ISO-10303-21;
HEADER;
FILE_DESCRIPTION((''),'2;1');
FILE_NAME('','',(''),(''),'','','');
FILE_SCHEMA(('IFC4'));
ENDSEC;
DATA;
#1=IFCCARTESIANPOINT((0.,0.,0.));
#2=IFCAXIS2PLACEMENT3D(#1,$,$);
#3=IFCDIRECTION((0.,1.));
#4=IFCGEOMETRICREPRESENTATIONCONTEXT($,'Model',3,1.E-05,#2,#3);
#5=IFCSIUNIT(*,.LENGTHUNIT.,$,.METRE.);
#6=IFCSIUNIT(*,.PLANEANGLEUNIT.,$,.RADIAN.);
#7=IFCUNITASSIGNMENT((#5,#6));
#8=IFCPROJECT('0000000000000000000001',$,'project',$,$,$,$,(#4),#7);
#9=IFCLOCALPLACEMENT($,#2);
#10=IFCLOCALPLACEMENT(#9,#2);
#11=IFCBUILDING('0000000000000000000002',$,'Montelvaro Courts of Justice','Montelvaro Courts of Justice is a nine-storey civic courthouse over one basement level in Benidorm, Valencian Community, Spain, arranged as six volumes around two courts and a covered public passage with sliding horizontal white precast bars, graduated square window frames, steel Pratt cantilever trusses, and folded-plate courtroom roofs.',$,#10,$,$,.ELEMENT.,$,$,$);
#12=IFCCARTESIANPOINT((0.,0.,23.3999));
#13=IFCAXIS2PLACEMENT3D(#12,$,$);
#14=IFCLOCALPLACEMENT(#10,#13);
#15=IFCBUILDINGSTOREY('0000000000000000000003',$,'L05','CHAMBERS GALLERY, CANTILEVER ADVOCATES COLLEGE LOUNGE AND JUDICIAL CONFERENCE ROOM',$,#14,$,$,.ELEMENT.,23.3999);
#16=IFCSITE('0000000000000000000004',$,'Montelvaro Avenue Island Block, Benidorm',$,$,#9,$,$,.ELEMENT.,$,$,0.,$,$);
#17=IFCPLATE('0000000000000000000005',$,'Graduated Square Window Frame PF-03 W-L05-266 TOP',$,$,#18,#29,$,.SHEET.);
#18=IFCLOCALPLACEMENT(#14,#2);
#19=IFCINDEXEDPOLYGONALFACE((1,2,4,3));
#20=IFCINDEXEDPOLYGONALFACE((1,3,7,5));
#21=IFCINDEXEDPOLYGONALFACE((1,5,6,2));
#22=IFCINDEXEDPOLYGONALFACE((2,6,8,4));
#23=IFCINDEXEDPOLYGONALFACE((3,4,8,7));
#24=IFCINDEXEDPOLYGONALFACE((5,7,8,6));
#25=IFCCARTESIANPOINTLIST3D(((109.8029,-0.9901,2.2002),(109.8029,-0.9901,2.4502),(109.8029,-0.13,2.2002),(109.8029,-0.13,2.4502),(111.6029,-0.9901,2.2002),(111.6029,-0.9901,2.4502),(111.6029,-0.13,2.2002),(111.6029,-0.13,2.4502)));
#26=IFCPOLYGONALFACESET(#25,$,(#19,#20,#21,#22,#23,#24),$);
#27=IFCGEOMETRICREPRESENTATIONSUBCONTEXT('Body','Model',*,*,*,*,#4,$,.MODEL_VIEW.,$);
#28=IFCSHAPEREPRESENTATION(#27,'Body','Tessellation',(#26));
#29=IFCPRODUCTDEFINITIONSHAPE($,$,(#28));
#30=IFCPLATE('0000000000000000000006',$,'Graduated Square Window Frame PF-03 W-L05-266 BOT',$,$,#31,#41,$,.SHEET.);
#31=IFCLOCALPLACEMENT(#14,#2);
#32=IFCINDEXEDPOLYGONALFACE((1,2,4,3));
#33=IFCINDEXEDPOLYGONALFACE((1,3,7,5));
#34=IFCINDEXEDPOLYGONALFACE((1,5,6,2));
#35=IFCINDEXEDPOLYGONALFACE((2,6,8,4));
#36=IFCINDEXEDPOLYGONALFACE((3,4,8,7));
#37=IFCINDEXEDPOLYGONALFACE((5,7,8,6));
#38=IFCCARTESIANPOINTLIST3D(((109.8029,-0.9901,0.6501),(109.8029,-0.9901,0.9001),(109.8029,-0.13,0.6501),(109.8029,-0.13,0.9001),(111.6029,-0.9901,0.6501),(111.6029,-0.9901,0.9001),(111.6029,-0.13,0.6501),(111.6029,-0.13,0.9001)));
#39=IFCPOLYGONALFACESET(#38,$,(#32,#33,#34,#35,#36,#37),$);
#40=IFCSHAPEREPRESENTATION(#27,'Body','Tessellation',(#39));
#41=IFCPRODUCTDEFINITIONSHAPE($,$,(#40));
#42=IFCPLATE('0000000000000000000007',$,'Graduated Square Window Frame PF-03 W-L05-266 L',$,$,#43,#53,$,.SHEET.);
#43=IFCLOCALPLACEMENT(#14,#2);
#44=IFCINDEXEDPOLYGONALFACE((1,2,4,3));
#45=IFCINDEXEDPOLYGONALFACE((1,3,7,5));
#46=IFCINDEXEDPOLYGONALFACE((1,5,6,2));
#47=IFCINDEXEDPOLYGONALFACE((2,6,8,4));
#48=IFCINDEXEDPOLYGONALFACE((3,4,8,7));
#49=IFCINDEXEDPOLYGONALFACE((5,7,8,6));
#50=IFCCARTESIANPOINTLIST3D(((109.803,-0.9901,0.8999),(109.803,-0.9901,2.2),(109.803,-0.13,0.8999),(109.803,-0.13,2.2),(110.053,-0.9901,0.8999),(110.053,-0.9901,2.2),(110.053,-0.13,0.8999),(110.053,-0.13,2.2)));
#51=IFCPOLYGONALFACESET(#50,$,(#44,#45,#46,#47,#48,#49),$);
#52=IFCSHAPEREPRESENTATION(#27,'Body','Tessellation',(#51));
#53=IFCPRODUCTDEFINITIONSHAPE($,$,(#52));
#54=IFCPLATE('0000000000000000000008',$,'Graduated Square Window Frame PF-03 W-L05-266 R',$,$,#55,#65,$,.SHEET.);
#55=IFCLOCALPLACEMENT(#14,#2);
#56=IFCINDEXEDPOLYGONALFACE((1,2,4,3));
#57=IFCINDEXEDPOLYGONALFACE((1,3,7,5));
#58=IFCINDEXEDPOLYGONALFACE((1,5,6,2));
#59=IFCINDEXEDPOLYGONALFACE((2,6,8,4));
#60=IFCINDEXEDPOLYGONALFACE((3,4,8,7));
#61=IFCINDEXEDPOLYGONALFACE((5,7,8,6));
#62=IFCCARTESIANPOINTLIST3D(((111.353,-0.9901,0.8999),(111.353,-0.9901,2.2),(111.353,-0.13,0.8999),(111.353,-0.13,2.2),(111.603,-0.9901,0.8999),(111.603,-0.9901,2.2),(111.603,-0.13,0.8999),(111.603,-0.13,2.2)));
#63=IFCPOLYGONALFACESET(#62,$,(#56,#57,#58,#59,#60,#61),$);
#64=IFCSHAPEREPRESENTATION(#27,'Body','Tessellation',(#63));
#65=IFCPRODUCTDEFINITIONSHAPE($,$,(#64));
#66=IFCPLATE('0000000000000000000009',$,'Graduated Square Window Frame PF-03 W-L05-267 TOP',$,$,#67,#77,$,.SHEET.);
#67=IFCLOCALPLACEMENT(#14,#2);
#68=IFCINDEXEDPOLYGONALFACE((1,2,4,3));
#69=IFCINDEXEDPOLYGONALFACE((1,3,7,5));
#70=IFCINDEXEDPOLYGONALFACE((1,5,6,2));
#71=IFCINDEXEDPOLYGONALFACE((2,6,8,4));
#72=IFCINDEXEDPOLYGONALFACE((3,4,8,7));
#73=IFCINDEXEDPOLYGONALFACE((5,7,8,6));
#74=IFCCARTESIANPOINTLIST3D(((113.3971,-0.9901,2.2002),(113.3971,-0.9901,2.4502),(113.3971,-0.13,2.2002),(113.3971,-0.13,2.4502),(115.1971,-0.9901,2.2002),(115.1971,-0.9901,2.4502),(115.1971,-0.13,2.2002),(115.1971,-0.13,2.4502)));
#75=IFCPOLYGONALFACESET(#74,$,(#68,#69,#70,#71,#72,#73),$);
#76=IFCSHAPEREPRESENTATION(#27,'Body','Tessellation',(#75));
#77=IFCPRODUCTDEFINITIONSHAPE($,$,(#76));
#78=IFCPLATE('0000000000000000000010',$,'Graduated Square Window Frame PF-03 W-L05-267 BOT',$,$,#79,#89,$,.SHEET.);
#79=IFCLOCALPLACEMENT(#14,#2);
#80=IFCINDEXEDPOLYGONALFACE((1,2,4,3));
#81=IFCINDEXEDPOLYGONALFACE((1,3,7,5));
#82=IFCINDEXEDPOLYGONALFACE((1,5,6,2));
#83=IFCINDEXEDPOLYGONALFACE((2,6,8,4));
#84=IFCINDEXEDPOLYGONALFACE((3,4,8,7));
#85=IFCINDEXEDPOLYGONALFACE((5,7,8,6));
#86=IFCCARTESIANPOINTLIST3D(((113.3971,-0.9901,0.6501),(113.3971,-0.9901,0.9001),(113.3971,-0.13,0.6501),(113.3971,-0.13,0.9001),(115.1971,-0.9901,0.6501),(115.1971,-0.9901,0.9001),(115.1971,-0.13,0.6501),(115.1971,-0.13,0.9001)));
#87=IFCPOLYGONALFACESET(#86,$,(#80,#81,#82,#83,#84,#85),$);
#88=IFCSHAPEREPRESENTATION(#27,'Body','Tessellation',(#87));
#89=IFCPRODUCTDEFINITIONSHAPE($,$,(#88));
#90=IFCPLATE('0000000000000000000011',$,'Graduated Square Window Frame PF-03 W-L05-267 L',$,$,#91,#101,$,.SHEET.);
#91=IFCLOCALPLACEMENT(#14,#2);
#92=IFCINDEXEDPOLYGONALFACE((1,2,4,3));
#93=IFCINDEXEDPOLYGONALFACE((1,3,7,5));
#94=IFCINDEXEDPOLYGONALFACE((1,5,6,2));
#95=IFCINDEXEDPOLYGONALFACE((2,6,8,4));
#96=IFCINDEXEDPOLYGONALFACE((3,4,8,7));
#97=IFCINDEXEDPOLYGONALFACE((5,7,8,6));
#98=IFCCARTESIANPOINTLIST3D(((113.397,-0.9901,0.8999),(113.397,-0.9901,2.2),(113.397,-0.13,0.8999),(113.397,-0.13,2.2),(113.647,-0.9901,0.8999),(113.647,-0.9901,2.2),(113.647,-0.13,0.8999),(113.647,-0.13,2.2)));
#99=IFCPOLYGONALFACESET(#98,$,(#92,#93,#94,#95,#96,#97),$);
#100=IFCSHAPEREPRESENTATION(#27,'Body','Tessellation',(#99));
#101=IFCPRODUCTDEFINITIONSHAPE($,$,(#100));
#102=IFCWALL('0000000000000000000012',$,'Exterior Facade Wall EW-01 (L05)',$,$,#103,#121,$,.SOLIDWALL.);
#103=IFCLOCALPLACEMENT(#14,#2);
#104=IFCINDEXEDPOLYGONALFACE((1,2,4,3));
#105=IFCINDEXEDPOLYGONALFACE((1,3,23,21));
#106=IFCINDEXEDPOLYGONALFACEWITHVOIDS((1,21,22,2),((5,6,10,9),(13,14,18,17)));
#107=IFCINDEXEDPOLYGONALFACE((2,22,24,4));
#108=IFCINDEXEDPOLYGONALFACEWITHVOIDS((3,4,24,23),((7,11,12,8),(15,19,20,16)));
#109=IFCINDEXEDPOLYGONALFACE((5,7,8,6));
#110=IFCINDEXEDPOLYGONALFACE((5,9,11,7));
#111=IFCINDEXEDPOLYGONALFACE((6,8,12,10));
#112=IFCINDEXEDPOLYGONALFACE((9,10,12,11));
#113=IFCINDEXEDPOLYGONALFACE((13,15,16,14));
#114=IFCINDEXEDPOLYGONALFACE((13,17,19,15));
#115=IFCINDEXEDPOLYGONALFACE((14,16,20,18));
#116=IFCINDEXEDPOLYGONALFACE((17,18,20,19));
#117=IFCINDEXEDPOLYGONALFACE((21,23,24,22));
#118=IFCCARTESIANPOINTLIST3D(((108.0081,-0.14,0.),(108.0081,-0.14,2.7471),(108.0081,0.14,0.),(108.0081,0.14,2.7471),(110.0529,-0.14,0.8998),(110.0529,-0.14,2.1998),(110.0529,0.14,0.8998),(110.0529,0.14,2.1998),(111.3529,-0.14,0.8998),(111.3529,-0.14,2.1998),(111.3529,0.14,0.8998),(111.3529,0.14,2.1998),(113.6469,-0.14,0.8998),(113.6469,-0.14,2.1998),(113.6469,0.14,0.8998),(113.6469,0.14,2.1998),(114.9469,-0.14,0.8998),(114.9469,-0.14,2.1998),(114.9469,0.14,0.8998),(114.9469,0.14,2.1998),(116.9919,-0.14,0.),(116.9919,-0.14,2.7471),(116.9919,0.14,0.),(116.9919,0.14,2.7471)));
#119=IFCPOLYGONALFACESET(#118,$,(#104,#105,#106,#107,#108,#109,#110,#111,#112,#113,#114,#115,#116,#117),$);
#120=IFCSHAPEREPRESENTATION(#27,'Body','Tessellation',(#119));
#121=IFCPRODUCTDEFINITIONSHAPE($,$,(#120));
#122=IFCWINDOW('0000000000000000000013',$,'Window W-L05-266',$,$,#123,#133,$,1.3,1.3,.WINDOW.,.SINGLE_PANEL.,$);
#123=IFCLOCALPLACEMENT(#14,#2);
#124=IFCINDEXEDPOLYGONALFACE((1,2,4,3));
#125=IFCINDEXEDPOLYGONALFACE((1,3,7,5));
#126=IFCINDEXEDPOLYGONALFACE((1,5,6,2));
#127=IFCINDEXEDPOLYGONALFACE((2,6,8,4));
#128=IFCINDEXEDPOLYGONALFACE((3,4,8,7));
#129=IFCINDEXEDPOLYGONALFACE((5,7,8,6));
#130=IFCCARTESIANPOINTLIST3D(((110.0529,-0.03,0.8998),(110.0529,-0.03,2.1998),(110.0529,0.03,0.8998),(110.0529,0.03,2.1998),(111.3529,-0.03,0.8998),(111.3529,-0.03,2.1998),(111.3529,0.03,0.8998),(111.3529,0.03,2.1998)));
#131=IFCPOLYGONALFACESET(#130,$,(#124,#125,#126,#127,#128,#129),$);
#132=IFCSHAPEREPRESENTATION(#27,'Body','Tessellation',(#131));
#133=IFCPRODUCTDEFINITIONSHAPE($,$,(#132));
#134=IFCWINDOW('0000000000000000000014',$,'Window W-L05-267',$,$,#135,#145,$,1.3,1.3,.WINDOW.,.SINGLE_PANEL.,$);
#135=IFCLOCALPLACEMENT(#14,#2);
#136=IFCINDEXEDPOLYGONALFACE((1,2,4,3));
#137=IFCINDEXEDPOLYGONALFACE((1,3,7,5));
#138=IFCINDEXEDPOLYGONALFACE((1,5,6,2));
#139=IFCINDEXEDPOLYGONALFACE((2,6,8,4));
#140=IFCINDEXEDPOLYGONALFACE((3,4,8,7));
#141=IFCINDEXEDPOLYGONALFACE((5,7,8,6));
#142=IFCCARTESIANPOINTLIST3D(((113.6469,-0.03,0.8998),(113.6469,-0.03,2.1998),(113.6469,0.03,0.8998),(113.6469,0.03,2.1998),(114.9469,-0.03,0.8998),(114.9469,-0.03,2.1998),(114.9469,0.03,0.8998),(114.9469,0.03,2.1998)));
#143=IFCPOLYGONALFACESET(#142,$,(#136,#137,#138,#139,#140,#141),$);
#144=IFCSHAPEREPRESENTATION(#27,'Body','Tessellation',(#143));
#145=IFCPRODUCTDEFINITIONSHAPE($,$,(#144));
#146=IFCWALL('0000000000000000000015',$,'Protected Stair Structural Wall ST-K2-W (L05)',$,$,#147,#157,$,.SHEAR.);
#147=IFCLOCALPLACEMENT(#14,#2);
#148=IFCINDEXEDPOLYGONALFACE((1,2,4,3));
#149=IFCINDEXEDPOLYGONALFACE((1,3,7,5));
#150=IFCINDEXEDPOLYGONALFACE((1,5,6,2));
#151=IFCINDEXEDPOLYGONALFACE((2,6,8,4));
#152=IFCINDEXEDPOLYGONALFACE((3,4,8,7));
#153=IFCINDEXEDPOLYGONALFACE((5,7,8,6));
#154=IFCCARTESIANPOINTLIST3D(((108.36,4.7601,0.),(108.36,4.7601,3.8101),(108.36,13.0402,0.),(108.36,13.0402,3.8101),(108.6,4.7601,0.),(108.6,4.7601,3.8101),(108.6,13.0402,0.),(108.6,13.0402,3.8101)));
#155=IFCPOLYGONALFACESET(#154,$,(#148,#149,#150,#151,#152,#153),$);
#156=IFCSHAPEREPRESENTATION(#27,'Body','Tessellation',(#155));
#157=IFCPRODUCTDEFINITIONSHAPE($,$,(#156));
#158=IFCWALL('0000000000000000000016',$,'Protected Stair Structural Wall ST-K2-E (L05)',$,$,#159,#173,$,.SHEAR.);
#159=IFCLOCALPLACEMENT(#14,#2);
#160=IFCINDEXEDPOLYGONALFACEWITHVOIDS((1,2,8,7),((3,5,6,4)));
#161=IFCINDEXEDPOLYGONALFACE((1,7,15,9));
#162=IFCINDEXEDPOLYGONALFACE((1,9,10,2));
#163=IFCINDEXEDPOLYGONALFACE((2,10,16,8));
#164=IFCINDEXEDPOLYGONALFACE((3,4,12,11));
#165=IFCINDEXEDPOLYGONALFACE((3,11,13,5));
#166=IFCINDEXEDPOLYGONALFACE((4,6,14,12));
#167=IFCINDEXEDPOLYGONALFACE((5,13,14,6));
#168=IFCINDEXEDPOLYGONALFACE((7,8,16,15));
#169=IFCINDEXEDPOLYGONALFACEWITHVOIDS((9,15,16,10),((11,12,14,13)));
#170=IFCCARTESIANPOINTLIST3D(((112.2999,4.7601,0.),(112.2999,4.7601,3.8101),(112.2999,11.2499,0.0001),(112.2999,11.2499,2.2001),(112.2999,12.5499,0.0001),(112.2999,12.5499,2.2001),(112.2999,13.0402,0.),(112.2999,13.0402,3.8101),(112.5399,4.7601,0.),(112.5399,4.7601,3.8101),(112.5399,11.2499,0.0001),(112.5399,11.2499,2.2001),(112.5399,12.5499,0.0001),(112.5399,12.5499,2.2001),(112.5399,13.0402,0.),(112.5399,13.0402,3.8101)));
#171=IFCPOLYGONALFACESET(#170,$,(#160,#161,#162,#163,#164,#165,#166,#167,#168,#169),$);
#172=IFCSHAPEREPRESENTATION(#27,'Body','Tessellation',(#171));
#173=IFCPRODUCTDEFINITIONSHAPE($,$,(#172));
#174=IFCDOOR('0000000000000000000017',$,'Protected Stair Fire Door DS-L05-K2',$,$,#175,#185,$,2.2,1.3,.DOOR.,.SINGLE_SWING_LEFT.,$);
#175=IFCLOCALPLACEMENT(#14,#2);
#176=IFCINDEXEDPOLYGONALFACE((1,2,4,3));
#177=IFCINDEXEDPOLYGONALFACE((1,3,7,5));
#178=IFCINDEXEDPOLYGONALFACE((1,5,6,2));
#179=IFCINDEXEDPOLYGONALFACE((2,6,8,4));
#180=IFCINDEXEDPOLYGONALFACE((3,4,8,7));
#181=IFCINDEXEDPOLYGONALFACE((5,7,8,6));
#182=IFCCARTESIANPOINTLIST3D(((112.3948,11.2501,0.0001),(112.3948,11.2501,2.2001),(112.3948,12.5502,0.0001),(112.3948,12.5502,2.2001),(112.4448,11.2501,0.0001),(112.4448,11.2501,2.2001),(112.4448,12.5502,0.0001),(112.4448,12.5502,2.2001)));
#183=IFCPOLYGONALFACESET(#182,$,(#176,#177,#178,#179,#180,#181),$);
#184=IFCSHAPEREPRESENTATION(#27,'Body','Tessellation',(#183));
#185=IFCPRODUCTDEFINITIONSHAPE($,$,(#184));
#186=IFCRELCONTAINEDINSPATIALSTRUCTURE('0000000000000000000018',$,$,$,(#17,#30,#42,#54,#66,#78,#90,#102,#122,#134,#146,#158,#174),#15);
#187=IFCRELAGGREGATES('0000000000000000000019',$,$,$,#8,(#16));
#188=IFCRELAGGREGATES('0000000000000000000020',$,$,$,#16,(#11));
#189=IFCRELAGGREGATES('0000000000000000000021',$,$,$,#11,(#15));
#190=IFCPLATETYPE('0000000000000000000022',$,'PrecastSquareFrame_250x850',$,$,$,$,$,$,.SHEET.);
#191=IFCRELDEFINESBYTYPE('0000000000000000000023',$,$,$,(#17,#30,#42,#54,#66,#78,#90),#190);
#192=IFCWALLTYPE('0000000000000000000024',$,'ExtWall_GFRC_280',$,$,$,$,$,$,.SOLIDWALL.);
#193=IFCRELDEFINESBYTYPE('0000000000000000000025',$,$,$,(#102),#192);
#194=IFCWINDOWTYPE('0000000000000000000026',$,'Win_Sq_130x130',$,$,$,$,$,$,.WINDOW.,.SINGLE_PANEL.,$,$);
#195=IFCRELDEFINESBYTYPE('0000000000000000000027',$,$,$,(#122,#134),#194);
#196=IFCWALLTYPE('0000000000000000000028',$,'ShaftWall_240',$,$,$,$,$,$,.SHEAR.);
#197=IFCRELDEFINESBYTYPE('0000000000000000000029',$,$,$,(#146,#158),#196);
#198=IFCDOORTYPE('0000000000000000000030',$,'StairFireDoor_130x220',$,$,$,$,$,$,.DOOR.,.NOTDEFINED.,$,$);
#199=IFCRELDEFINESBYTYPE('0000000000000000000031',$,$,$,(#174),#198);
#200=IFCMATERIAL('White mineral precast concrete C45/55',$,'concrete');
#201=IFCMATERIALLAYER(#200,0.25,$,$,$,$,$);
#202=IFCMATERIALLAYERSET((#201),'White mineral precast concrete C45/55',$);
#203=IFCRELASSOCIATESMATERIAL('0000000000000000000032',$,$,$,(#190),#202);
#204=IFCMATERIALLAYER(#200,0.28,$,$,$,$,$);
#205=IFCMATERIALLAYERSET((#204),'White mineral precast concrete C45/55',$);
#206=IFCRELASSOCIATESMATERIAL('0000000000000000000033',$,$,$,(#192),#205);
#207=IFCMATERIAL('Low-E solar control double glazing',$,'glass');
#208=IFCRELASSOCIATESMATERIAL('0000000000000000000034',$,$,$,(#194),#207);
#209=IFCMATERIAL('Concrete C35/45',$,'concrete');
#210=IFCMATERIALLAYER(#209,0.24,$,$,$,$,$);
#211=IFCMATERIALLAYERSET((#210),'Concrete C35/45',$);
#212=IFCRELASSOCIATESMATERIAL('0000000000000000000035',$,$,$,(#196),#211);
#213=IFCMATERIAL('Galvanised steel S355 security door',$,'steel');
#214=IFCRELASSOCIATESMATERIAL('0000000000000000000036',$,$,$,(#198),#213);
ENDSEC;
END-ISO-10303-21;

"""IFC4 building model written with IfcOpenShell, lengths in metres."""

from ifc_helpers import new_model, si_unit, direction, frame, frame_2d, origin, origin_2d, place, context, subcontext, project, spatial, rectangle, extrude, material, layer, layer_set, type_object, element, fill, save


model = new_model("IFC4")

# Units and contexts
model_context = context("Model", 3, precision=1e-05, world=origin(), true_north=direction((0.0, 1.0)))
body_context = subcontext(model_context, "Body", "Model", "MODEL_VIEW")
ifc_project = project(units=[si_unit("LENGTHUNIT", "METRE"), si_unit("PLANEANGLEUNIT", "RADIAN")], contexts=[model_context])

# Site, building, storey
site_placement = place(None, origin())
site = spatial("IfcSite", under=ifc_project, at=site_placement, Name="Montelvaro Avenue Island Block, Benidorm", CompositionType="ELEMENT", RefElevation=0.0)
building_placement = place(site_placement, origin())
building = spatial("IfcBuilding", under=site, at=building_placement, Name="Montelvaro Courts of Justice", Description="Montelvaro Courts of Justice is a nine-storey civic courthouse over one basement level in Benidorm, Valencian Community, Spain, arranged as six volumes around two courts and a covered public passage with sliding horizontal white precast bars, graduated square window frames, steel Pratt cantilever trusses, and folded-plate courtroom roofs.", CompositionType="ELEMENT")
storey_placement = place(building_placement, frame((0.0, 0.0, 23.3999)))
storey = spatial("IfcBuildingStorey", under=building, at=storey_placement, Name="L05", Description="CHAMBERS GALLERY, CANTILEVER ADVOCATES COLLEGE LOUNGE AND JUDICIAL CONFERENCE ROOM", CompositionType="ELEMENT", Elevation=23.3999)

# Plates
ifc_material_1 = material(Name="White mineral precast concrete C45/55", Category="concrete")
ifc_layer_1 = layer(ifc_material_1, 0.25)
ifc_layer_set_1 = layer_set([ifc_layer_1], Name="White mineral precast concrete C45/55")
plate_type = type_object("IfcPlateType", Name="PrecastSquareFrame_250x850", PredefinedType="SHEET", material=ifc_layer_set_1)
for number, where, z_axis, x_axis, name in (
    (1, (110.7029, -0.5601, 2.2002), (0.0, 0.0, 1.0), (1.0, 0.0, 0.0), "Graduated Square Window Frame PF-03 W-L05-266 TOP"),
    (2, (110.7029, -0.5601, 0.6501), (0.0, 0.0, 1.0), (1.0, 0.0, 0.0), "Graduated Square Window Frame PF-03 W-L05-266 BOT"),
):
    element("IfcPlate", number, at=place(storey_placement, frame(where, z_axis=z_axis, x_axis=x_axis)), inside=storey, type_object=plate_type, Name=name, PredefinedType="SHEET", context=body_context, shape_type="SweptSolid", body=[
        extrude(rectangle(XDim=1.8, YDim=0.8601, at=origin_2d()), origin(), (0.0, 0.0, 1.0), 0.25),
    ])
for number, where, z_axis, x_axis, name in (
    (3, (109.928, -0.5601, 0.8999), (0.0, 0.0, 1.0), (1.0, 0.0, 0.0), "Graduated Square Window Frame PF-03 W-L05-266 L"),
    (4, (111.478, -0.5601, 0.8999), (0.0, 0.0, 1.0), (1.0, 0.0, 0.0), "Graduated Square Window Frame PF-03 W-L05-266 R"),
):
    element("IfcPlate", number, at=place(storey_placement, frame(where, z_axis=z_axis, x_axis=x_axis)), inside=storey, type_object=plate_type, Name=name, PredefinedType="SHEET", context=body_context, shape_type="SweptSolid", body=[
        extrude(rectangle(XDim=0.25, YDim=0.8601, at=origin_2d()), origin(), (0.0, 0.0, 1.0), 1.3),
    ])
for number, where, z_axis, x_axis, name in (
    (5, (114.2971, -0.5601, 2.2002), (0.0, 0.0, 1.0), (1.0, 0.0, 0.0), "Graduated Square Window Frame PF-03 W-L05-267 TOP"),
    (6, (114.2971, -0.5601, 0.6501), (0.0, 0.0, 1.0), (1.0, 0.0, 0.0), "Graduated Square Window Frame PF-03 W-L05-267 BOT"),
):
    element("IfcPlate", number, at=place(storey_placement, frame(where, z_axis=z_axis, x_axis=x_axis)), inside=storey, type_object=plate_type, Name=name, PredefinedType="SHEET", context=body_context, shape_type="SweptSolid", body=[
        extrude(rectangle(XDim=1.8, YDim=0.8601, at=origin_2d()), origin(), (0.0, 0.0, 1.0), 0.25),
    ])
plate_placement = place(storey_placement, frame((113.522, -0.5601, 0.8999), z_axis=(0.0, 0.0, 1.0), x_axis=(1.0, 0.0, 0.0)))
element("IfcPlate", 7, at=plate_placement, inside=storey, type_object=plate_type, Name="Graduated Square Window Frame PF-03 W-L05-267 L", PredefinedType="SHEET", context=body_context, shape_type="SweptSolid", body=[
    extrude(rectangle(XDim=0.25, YDim=0.8601, at=origin_2d()), origin(), (0.0, 0.0, 1.0), 1.3),
])

# Wall, openings, windows
ifc_layer_2 = layer(ifc_material_1, 0.28)
ifc_layer_set_2 = layer_set([ifc_layer_2], Name="White mineral precast concrete C45/55")
wall_type_1 = type_object("IfcWallType", Name="ExtWall_GFRC_280", PredefinedType="SOLIDWALL", material=ifc_layer_set_2)
wall_1_placement = place(storey_placement, frame((108.0081, 0.0, 0.0), z_axis=(0.0, 0.0, 1.0), x_axis=(1.0, 0.0, 0.0)))
wall_1 = element("IfcWall", 8, at=wall_1_placement, inside=storey, type_object=wall_type_1, Name="Exterior Facade Wall EW-01 (L05)", PredefinedType="SOLIDWALL", context=body_context, shape_type="SweptSolid", body=[
    extrude(rectangle(XDim=8.9839, YDim=0.28, at=frame_2d((4.4919, 0.0))), origin(), (0.0, 0.0, 1.0), 2.7471),
])
opening_1_placement = place(wall_1_placement, frame((2.0449, 0.0, 0.8999)))
opening_1 = element("IfcOpeningElement", 9, at=opening_1_placement, cuts=wall_1, PredefinedType="OPENING", context=body_context, shape_type="SweptSolid", body=[
    extrude(rectangle(XDim=1.3, YDim=1.3, at=frame_2d((0.6499, 0.6499))), frame((0.0, 0.1548, 0.0), z_axis=(0.0, -1.0, 0.0), x_axis=(1.0, 0.0, 0.0)), (0.0, 0.0, 1.0), 0.3098),
])
opening_2_placement = place(wall_1_placement, frame((5.6389, 0.0, 0.8999)))
opening_2 = element("IfcOpeningElement", 10, at=opening_2_placement, cuts=wall_1, PredefinedType="OPENING", context=body_context, shape_type="SweptSolid", body=[
    extrude(rectangle(XDim=1.3, YDim=1.3, at=frame_2d((0.6499, 0.6499))), frame((0.0, 0.1548, 0.0), z_axis=(0.0, -1.0, 0.0), x_axis=(1.0, 0.0, 0.0)), (0.0, 0.0, 1.0), 0.3098),
])
ifc_material_2 = material(Name="Low-E solar control double glazing", Category="glass")
window_type = type_object("IfcWindowType", Name="Win_Sq_130x130", PartitioningType="SINGLE_PANEL", PredefinedType="WINDOW", material=ifc_material_2)
window_1_placement = place(opening_1_placement, origin())
window_1 = element("IfcWindow", 11, at=window_1_placement, inside=storey, type_object=window_type, Name="Window W-L05-266", OverallHeight=1.3, OverallWidth=1.3, PartitioningType="SINGLE_PANEL", PredefinedType="WINDOW", context=body_context, shape_type="SweptSolid", body=[
    extrude(rectangle(XDim=1.3, YDim=1.3, at=frame_2d((0.6499, 0.6499))), frame((0.0, 0.03, 0.0), z_axis=(0.0, -1.0, 0.0), x_axis=(1.0, 0.0, 0.0)), (0.0, 0.0, 1.0), 0.0601),
])
fill(opening_1, window_1)
window_2_placement = place(opening_2_placement, origin())
window_2 = element("IfcWindow", 12, at=window_2_placement, inside=storey, type_object=window_type, Name="Window W-L05-267", OverallHeight=1.3, OverallWidth=1.3, PartitioningType="SINGLE_PANEL", PredefinedType="WINDOW", context=body_context, shape_type="SweptSolid", body=[
    extrude(rectangle(XDim=1.3, YDim=1.3, at=frame_2d((0.6499, 0.6499))), frame((0.0, 0.03, 0.0), z_axis=(0.0, -1.0, 0.0), x_axis=(1.0, 0.0, 0.0)), (0.0, 0.0, 1.0), 0.0601),
])
fill(opening_2, window_2)

# Wall
ifc_material_3 = material(Name="Concrete C35/45", Category="concrete")
ifc_layer_3 = layer(ifc_material_3, 0.24)
ifc_layer_set_3 = layer_set([ifc_layer_3], Name="Concrete C35/45")
wall_type_2 = type_object("IfcWallType", Name="ShaftWall_240", PredefinedType="SHEAR", material=ifc_layer_set_3)
wall_2_placement = place(storey_placement, frame((108.48, 4.76, 0.0), z_axis=(0.0, 0.0, 1.0), x_axis=(0.0, 1.0, 0.0)))
element("IfcWall", 13, at=wall_2_placement, inside=storey, type_object=wall_type_2, Name="Protected Stair Structural Wall ST-K2-W (L05)", PredefinedType="SHEAR", context=body_context, shape_type="SweptSolid", body=[
    extrude(rectangle(XDim=8.28, YDim=0.24, at=frame_2d((4.1401, 0.0))), origin(), (0.0, 0.0, 1.0), 3.8101),
])

# Wall, opening, door
wall_3_placement = place(storey_placement, frame((112.4199, 4.76, 0.0), z_axis=(0.0, 0.0, 1.0), x_axis=(0.0, 1.0, 0.0)))
wall_3 = element("IfcWall", 14, at=wall_3_placement, inside=storey, type_object=wall_type_2, Name="Protected Stair Structural Wall ST-K2-E (L05)", PredefinedType="SHEAR", context=body_context, shape_type="SweptSolid", body=[
    extrude(rectangle(XDim=8.28, YDim=0.24, at=frame_2d((4.1401, 0.0))), origin(), (0.0, 0.0, 1.0), 3.8101),
])
opening_3_placement = place(wall_3_placement, frame((6.49, 0.0, 0.0)))
opening_3 = element("IfcOpeningElement", 15, at=opening_3_placement, cuts=wall_3, PredefinedType="OPENING", context=body_context, shape_type="SweptSolid", body=[
    extrude(rectangle(XDim=1.3, YDim=2.2, at=frame_2d((0.6499, 1.1001))), frame((0.0, 0.1348, 0.0), z_axis=(0.0, -1.0, 0.0), x_axis=(1.0, 0.0, 0.0)), (0.0, 0.0, 1.0), 0.2698),
])
ifc_material_4 = material(Name="Galvanised steel S355 security door", Category="steel")
door_type_1 = type_object("IfcDoorType", Name="StairFireDoor_130x220", OperationType="NOTDEFINED", PredefinedType="DOOR", material=ifc_material_4)
door_1_placement = place(opening_3_placement, frame((1.3, 0.0, 0.0), z_axis=(0.0, 0.0, 1.0), x_axis=(-1.0, 0.0, 0.0)))
door_1 = element("IfcDoor", 16, at=door_1_placement, inside=storey, type_object=door_type_1, Name="Protected Stair Fire Door DS-L05-K2", OperationType="SINGLE_SWING_LEFT", OverallHeight=2.2, OverallWidth=1.3, PredefinedType="DOOR", context=body_context, shape_type="SweptSolid", body=[
    extrude(rectangle(XDim=1.3, YDim=2.2, at=frame_2d((0.6499, 1.1001))), frame((0.0, 0.0249, 0.0), z_axis=(0.0, -1.0, 0.0), x_axis=(1.0, 0.0, 0.0)), (0.0, 0.0, 1.0), 0.05),
])
fill(opening_3, door_1)

save(model, "model.ifc")
